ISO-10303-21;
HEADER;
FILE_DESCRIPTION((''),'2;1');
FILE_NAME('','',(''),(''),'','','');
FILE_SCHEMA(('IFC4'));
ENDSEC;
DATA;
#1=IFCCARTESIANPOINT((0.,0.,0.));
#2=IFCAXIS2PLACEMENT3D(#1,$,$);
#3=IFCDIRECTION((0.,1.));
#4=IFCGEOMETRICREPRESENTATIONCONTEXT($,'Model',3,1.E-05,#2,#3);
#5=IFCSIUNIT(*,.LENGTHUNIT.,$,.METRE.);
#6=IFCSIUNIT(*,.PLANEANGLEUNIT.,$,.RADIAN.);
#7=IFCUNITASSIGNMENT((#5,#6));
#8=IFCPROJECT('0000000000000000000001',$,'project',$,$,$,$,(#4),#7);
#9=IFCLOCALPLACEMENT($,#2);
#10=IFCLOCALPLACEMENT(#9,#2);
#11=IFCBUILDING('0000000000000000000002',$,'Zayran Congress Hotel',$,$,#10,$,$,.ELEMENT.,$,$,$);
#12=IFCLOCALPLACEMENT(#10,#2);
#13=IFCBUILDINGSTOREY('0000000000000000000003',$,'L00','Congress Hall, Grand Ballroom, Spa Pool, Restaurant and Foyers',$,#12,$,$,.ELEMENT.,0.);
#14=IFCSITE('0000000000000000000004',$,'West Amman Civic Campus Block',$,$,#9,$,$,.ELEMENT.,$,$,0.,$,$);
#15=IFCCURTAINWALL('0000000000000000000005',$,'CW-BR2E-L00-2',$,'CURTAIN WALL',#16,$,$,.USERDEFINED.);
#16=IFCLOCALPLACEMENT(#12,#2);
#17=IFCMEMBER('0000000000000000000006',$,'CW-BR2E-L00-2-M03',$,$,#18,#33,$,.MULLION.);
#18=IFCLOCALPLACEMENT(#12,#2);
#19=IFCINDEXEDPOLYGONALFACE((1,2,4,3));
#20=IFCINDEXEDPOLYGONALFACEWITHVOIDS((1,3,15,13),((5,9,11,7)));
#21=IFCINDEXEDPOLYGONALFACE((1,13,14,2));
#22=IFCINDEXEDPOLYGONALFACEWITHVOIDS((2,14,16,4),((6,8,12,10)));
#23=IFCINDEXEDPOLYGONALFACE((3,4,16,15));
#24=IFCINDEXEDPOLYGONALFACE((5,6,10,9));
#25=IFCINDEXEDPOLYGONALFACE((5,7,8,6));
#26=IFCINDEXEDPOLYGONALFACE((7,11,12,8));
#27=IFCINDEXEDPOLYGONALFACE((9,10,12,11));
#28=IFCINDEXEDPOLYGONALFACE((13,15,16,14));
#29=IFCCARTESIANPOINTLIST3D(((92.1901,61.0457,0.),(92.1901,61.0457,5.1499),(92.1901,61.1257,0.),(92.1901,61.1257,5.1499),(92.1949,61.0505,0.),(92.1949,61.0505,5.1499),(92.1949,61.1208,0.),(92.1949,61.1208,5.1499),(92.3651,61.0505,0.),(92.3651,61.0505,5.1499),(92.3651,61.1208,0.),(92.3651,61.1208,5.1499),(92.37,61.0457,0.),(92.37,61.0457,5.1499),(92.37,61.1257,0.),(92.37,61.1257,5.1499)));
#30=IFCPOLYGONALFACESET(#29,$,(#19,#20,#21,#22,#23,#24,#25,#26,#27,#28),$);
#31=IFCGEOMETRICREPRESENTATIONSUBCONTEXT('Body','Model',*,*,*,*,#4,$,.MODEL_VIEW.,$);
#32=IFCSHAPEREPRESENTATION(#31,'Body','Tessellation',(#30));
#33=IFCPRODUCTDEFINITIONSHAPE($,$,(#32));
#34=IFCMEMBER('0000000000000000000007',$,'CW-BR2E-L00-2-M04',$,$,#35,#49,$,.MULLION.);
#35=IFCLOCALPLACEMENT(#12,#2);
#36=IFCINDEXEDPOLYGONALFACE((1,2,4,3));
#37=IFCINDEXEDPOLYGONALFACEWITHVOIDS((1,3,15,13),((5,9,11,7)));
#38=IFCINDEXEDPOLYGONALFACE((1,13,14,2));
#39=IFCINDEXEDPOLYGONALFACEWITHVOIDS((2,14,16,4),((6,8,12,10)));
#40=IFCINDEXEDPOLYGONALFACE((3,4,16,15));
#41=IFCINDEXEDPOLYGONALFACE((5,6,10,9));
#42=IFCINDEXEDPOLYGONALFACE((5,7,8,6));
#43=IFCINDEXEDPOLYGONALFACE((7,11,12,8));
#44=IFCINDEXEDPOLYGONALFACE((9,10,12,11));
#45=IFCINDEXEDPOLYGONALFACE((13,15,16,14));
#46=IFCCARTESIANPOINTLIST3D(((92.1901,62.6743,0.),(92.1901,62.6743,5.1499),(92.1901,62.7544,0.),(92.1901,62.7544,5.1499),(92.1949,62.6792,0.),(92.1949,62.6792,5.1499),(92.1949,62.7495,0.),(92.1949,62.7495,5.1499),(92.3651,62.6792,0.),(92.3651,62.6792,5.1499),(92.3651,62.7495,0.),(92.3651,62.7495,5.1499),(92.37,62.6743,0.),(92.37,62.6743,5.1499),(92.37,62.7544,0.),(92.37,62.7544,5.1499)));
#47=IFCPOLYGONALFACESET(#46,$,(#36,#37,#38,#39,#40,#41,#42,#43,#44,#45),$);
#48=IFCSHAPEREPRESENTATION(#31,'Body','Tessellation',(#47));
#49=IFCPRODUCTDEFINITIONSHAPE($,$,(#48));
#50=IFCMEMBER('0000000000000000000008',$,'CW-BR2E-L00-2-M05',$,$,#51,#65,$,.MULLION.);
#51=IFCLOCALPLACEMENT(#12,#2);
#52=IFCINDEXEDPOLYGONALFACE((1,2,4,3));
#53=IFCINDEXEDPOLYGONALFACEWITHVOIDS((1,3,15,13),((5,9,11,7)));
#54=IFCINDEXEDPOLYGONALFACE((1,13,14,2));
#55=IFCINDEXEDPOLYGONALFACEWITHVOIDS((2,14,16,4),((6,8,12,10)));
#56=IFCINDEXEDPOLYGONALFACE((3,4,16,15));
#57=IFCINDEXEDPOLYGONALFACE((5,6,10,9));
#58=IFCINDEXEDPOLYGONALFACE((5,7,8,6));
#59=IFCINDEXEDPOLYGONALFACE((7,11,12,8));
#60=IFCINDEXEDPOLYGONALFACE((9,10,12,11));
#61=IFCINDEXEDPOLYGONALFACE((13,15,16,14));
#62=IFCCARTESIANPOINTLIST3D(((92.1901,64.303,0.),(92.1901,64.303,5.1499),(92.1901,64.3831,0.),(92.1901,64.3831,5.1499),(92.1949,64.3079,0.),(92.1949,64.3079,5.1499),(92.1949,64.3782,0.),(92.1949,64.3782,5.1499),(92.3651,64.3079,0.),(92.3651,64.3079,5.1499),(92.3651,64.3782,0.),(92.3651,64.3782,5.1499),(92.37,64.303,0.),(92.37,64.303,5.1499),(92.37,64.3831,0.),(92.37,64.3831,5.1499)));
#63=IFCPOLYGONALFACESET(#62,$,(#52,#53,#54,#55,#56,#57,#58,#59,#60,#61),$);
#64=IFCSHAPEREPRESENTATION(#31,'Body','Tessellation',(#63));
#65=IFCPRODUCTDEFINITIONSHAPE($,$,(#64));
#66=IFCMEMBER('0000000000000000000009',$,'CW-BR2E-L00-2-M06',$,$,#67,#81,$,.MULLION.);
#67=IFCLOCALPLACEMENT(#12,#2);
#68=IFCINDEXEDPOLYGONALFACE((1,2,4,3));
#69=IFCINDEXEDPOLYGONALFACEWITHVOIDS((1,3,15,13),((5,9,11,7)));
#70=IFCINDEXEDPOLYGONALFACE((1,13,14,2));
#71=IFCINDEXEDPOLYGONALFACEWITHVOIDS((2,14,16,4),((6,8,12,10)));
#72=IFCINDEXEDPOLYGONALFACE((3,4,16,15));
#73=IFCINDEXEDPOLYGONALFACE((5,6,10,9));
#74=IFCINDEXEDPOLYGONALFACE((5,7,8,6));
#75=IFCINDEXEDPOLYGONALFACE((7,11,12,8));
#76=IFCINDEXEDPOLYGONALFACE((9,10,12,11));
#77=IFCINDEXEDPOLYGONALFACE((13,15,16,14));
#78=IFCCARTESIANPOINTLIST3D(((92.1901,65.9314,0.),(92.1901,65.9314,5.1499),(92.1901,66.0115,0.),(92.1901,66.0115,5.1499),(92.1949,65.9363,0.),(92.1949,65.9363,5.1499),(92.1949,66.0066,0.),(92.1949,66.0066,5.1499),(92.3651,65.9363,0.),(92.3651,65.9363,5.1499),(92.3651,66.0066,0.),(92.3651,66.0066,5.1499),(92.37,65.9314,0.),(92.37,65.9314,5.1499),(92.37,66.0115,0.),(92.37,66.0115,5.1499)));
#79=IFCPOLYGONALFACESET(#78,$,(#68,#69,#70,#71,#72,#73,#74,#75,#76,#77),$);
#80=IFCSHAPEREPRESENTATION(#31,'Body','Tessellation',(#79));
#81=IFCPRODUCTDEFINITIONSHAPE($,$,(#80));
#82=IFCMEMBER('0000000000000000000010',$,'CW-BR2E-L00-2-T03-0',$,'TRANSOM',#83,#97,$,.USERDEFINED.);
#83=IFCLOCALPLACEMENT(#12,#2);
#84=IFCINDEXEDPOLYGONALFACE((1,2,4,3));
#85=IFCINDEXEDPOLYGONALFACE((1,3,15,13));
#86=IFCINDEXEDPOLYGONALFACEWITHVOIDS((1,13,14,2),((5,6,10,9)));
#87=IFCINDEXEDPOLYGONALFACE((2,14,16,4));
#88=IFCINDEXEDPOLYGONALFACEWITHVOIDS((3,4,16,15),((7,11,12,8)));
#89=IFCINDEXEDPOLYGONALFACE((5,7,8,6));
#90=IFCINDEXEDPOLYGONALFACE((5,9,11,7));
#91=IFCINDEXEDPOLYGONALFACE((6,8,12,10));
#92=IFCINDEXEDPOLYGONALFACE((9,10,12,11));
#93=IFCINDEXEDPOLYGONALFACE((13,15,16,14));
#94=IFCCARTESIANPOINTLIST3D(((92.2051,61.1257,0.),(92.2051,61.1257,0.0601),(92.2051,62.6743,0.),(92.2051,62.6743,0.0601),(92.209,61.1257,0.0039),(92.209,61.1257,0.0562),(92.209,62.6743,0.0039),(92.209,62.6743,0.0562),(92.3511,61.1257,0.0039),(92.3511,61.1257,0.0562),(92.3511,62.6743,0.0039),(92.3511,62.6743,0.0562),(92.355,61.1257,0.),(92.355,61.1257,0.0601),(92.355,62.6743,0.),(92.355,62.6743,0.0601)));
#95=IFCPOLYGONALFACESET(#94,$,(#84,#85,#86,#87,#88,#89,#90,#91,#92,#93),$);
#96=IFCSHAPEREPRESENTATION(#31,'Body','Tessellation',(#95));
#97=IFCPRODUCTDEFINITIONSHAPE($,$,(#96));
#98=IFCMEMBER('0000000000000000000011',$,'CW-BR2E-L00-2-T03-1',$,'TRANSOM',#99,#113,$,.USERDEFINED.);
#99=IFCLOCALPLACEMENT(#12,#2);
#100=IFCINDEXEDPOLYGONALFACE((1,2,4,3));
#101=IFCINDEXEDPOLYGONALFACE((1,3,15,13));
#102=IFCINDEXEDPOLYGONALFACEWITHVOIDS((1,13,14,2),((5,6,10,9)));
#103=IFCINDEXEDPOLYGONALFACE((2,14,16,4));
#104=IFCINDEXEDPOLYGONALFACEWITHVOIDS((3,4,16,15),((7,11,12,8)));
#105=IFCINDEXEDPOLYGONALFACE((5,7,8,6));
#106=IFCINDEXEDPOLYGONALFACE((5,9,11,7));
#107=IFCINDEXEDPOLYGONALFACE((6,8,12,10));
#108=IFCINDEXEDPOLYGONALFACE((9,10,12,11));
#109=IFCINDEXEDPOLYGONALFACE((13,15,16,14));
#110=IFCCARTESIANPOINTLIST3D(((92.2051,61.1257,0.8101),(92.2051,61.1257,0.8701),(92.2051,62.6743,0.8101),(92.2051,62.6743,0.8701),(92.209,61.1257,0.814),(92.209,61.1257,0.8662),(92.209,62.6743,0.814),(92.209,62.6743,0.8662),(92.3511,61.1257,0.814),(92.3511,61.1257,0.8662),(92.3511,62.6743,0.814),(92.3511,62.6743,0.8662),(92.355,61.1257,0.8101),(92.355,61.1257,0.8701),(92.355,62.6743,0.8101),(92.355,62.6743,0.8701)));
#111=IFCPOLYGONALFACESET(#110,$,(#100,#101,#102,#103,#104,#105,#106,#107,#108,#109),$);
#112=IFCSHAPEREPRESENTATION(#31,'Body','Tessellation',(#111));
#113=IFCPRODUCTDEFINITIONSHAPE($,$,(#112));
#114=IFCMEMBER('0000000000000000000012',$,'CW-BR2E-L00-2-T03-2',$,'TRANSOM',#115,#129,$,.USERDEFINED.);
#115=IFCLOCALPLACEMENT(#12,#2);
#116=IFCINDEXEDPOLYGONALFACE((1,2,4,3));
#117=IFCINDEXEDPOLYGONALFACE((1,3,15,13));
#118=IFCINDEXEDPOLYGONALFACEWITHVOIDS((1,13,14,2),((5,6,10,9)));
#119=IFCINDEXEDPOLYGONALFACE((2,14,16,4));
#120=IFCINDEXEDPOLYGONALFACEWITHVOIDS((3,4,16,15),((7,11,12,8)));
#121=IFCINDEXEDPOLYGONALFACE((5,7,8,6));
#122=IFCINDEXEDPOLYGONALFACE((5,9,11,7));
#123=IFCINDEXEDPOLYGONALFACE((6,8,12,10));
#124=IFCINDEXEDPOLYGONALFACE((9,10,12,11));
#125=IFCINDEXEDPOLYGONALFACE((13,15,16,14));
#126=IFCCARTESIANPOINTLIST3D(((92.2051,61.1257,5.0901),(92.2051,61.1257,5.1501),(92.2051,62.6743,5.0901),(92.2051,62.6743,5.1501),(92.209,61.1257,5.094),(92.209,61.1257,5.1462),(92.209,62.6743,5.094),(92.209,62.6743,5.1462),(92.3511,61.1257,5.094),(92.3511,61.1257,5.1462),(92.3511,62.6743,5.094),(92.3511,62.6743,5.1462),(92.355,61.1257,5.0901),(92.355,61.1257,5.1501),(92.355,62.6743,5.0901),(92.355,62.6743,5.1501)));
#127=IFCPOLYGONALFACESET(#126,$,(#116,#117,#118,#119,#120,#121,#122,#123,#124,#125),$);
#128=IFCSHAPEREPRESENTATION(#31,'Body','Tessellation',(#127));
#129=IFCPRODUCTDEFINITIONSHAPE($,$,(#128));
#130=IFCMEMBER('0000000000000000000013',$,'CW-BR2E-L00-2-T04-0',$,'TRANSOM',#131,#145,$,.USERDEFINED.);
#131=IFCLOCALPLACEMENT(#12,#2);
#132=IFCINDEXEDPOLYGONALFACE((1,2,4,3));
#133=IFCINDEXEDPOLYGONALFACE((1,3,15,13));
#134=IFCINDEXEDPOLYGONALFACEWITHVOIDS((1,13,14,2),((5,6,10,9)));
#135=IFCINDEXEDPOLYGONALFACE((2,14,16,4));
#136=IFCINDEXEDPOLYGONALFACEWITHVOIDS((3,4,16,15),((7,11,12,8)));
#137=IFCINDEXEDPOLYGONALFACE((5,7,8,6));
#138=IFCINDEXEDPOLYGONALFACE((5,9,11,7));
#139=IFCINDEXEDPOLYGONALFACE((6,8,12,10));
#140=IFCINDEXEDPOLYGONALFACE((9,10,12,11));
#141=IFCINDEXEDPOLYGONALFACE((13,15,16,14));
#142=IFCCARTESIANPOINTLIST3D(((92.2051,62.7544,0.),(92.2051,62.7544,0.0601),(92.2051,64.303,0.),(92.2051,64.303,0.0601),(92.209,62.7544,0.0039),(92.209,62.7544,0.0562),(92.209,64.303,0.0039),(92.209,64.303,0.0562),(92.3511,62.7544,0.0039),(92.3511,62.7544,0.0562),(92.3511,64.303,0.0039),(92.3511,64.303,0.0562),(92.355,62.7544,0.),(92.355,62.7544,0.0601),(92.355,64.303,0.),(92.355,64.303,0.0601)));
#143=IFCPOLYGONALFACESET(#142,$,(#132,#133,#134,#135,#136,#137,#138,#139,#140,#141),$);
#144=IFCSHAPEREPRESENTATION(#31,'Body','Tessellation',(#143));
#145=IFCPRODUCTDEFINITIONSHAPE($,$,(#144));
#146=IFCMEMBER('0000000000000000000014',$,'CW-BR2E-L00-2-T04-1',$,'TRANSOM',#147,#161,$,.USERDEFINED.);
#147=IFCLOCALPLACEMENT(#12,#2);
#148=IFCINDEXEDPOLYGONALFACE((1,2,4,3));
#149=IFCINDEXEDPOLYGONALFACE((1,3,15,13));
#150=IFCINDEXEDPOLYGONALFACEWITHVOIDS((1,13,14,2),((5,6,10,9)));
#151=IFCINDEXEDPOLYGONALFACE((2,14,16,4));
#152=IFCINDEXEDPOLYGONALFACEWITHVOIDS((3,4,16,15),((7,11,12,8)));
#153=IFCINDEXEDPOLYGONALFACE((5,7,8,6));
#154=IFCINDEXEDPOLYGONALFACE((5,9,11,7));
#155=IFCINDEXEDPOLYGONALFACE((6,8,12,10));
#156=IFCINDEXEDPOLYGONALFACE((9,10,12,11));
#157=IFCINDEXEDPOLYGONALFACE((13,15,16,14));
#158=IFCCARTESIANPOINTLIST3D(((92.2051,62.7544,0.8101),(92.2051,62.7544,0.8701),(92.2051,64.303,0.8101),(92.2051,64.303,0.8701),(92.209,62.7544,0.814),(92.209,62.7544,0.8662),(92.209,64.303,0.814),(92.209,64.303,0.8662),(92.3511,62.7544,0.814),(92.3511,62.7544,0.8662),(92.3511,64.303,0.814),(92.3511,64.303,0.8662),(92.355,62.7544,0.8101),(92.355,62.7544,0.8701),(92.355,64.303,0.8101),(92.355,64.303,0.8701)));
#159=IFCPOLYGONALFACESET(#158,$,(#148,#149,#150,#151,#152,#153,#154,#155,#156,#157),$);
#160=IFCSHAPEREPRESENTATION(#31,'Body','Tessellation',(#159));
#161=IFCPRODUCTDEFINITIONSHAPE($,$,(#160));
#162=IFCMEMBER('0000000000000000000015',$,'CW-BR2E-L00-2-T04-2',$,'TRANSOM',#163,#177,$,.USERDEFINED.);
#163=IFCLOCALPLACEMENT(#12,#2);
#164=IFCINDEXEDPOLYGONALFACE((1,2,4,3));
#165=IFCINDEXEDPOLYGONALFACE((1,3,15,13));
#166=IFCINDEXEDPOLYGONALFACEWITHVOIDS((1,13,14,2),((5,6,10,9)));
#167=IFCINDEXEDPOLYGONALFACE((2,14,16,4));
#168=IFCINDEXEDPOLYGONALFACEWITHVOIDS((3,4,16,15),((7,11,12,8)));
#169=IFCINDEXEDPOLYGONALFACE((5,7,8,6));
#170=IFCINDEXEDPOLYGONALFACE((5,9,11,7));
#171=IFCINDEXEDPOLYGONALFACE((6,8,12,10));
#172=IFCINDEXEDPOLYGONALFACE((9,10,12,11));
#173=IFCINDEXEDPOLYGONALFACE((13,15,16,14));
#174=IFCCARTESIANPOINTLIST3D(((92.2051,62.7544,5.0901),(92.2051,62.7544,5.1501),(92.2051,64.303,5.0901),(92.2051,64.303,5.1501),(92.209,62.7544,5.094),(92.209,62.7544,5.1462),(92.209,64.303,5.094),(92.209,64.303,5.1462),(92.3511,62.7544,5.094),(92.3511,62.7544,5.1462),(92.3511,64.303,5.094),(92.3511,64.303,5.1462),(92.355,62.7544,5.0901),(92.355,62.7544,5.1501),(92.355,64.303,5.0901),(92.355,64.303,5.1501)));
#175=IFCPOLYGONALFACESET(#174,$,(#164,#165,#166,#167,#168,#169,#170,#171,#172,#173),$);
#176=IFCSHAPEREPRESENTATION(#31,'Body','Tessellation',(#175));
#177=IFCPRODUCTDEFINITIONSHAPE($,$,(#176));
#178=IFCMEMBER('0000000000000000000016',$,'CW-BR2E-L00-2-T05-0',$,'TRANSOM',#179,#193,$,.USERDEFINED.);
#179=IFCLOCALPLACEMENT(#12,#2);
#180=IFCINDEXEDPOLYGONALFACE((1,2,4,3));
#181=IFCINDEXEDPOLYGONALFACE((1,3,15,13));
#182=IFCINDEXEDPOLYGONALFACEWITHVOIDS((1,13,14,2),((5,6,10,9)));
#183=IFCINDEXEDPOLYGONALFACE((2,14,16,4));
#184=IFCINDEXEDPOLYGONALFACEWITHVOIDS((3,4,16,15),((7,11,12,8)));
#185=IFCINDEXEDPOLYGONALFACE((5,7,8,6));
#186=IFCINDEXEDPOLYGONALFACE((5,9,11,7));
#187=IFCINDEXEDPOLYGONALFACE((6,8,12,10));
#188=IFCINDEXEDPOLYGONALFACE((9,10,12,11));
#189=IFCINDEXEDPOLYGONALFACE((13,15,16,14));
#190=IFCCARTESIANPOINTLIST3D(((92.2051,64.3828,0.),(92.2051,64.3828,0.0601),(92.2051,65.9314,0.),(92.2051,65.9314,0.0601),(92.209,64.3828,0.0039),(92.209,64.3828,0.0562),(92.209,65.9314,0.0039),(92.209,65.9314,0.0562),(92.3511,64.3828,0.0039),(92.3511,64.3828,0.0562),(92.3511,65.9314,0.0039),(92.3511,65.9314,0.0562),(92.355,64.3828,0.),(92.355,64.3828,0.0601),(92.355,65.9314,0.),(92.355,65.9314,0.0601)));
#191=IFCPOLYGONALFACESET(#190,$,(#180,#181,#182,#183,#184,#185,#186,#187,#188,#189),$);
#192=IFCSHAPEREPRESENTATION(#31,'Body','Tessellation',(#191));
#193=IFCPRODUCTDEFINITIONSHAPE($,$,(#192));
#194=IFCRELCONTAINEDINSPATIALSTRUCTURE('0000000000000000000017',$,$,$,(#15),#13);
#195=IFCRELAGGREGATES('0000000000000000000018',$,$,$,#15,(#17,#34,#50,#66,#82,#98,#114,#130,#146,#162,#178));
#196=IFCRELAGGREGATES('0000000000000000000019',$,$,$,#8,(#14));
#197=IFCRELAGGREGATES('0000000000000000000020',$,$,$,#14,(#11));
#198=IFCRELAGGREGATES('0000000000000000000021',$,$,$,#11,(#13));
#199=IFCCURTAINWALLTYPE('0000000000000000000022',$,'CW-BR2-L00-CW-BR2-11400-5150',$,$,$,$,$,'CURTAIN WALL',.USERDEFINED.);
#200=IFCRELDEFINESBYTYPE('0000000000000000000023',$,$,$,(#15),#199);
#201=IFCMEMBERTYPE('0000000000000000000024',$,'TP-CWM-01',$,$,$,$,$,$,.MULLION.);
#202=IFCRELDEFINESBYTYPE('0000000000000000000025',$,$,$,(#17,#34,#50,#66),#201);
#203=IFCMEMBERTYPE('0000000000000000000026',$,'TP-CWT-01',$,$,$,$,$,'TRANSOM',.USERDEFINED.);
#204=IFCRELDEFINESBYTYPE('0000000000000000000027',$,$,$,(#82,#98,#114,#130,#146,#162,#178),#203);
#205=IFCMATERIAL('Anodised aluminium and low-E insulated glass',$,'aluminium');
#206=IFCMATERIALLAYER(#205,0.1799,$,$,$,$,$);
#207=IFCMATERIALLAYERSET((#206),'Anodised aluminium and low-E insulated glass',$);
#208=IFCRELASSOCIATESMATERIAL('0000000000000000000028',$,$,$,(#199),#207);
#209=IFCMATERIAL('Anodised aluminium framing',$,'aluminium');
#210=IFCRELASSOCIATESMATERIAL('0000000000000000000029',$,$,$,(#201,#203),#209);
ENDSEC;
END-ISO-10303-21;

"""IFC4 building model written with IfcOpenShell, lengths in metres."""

from ifc_helpers import new_model, si_unit, direction, frame, origin, origin_2d, place, context, subcontext, project, spatial, hollow_rectangle, extrude, material, layer, layer_set, material_profile, profile_set, type_object, element, aggregate, save


model = new_model("IFC4")

# Units and contexts
model_context = context("Model", 3, precision=1e-05, world=origin(), true_north=direction((0.0, 1.0)))
body_context = subcontext(model_context, "Body", "Model", "MODEL_VIEW")
ifc_project = project(units=[si_unit("LENGTHUNIT", "METRE"), si_unit("PLANEANGLEUNIT", "RADIAN")], contexts=[model_context])

# Site, building, storey
site_placement = place(None, origin())
site = spatial("IfcSite", under=ifc_project, at=site_placement, Name="West Amman Civic Campus Block", CompositionType="ELEMENT", RefElevation=0.0)
building_placement = place(site_placement, origin())
building = spatial("IfcBuilding", under=site, at=building_placement, Name="Zayran Congress Hotel", CompositionType="ELEMENT")
storey_placement = place(building_placement, origin())
storey = spatial("IfcBuildingStorey", under=building, at=storey_placement, Name="L00", Description="Congress Hall, Grand Ballroom, Spa Pool, Restaurant and Foyers", CompositionType="ELEMENT", Elevation=0.0)

# Curtain wall, members
ifc_material_1 = material(Name="Anodised aluminium and low-E insulated glass", Category="aluminium")
ifc_layer_1 = layer(ifc_material_1, 0.1799)
ifc_layer_set_1 = layer_set([ifc_layer_1], Name="Anodised aluminium and low-E insulated glass")
curtain_wall_type = type_object("IfcCurtainWallType", Name="CW-BR2-L00-CW-BR2-11400-5150", ElementType="CURTAIN WALL", PredefinedType="USERDEFINED", material=ifc_layer_set_1)
curtain_wall_placement = place(storey_placement, origin())
curtain_wall = element("IfcCurtainWall", 1, at=curtain_wall_placement, inside=storey, type_object=curtain_wall_type, Name="CW-BR2E-L00-2", ObjectType="CURTAIN WALL", PredefinedType="USERDEFINED")
ifc_material_2 = material(Name="Anodised aluminium framing", Category="aluminium")
ifc_material_profile_1 = material_profile(ifc_material_2, hollow_rectangle(XDim=0.0801, YDim=0.1799, WallThickness=0.0049, at=origin_2d()), Name="RHS 180x80x5")
ifc_profile_set_1 = profile_set([ifc_material_profile_1], Name="Anodised aluminium framing")
member_type_1 = type_object("IfcMemberType", Name="TP-CWM-01", PredefinedType="MULLION", material=ifc_profile_set_1)
member_1_placement = place(storey_placement, frame((92.28, 61.0857, 0.0), z_axis=(0.0, 0.0, 1.0), x_axis=(0.0, 1.0, 0.0)))
member_1 = element("IfcMember", 2, at=member_1_placement, type_object=member_type_1, Name="CW-BR2E-L00-2-M03", PredefinedType="MULLION", context=body_context, shape_type="SweptSolid", body=[
    extrude(hollow_rectangle(XDim=0.0801, YDim=0.1799, WallThickness=0.0049, at=origin_2d()), origin(), (0.0, 0.0, 1.0), 5.1499),
])
member_2_placement = place(storey_placement, frame((92.28, 62.7144, 0.0), z_axis=(0.0, 0.0, 1.0), x_axis=(0.0, 1.0, 0.0)))
member_2 = element("IfcMember", 3, at=member_2_placement, type_object=member_type_1, Name="CW-BR2E-L00-2-M04", PredefinedType="MULLION", context=body_context, shape_type="SweptSolid", body=[
    extrude(hollow_rectangle(XDim=0.0801, YDim=0.1799, WallThickness=0.0049, at=origin_2d()), origin(), (0.0, 0.0, 1.0), 5.1499),
])
member_3_placement = place(storey_placement, frame((92.28, 64.343, 0.0), z_axis=(0.0, 0.0, 1.0), x_axis=(0.0, 1.0, 0.0)))
member_3 = element("IfcMember", 4, at=member_3_placement, type_object=member_type_1, Name="CW-BR2E-L00-2-M05", PredefinedType="MULLION", context=body_context, shape_type="SweptSolid", body=[
    extrude(hollow_rectangle(XDim=0.0801, YDim=0.1799, WallThickness=0.0049, at=origin_2d()), origin(), (0.0, 0.0, 1.0), 5.1499),
])
member_4_placement = place(storey_placement, frame((92.28, 65.9714, 0.0), z_axis=(0.0, 0.0, 1.0), x_axis=(0.0, 1.0, 0.0)))
member_4 = element("IfcMember", 5, at=member_4_placement, type_object=member_type_1, Name="CW-BR2E-L00-2-M06", PredefinedType="MULLION", context=body_context, shape_type="SweptSolid", body=[
    extrude(hollow_rectangle(XDim=0.0801, YDim=0.1799, WallThickness=0.0049, at=origin_2d()), origin(), (0.0, 0.0, 1.0), 5.1499),
])
ifc_material_profile_2 = material_profile(ifc_material_2, hollow_rectangle(XDim=0.0601, YDim=0.1499, WallThickness=0.0039, at=origin_2d()), Name="RHS 150x60x4")
ifc_profile_set_2 = profile_set([ifc_material_profile_2], Name="Anodised aluminium framing")
member_type_2 = type_object("IfcMemberType", Name="TP-CWT-01", ElementType="TRANSOM", PredefinedType="USERDEFINED", material=ifc_profile_set_2)
member_5_placement = place(storey_placement, frame((92.28, 61.1257, 0.03), z_axis=(0.0, 1.0, 0.0), x_axis=(0.0, 0.0, 1.0)))
member_5 = element("IfcMember", 6, at=member_5_placement, type_object=member_type_2, Name="CW-BR2E-L00-2-T03-0", ObjectType="TRANSOM", PredefinedType="USERDEFINED", context=body_context, shape_type="SweptSolid", body=[
    extrude(hollow_rectangle(XDim=0.0601, YDim=0.1499, WallThickness=0.0039, at=origin_2d()), origin(), (0.0, 0.0, 1.0), 1.5486),
])
member_6_placement = place(storey_placement, frame((92.28, 61.1257, 0.8401), z_axis=(0.0, 1.0, 0.0), x_axis=(0.0, 0.0, 1.0)))
member_6 = element("IfcMember", 7, at=member_6_placement, type_object=member_type_2, Name="CW-BR2E-L00-2-T03-1", ObjectType="TRANSOM", PredefinedType="USERDEFINED", context=body_context, shape_type="SweptSolid", body=[
    extrude(hollow_rectangle(XDim=0.0601, YDim=0.1499, WallThickness=0.0039, at=origin_2d()), origin(), (0.0, 0.0, 1.0), 1.5486),
])
member_7_placement = place(storey_placement, frame((92.28, 61.1257, 5.1201), z_axis=(0.0, 1.0, 0.0), x_axis=(0.0, 0.0, 1.0)))
member_7 = element("IfcMember", 8, at=member_7_placement, type_object=member_type_2, Name="CW-BR2E-L00-2-T03-2", ObjectType="TRANSOM", PredefinedType="USERDEFINED", context=body_context, shape_type="SweptSolid", body=[
    extrude(hollow_rectangle(XDim=0.0601, YDim=0.1499, WallThickness=0.0039, at=origin_2d()), origin(), (0.0, 0.0, 1.0), 1.5486),
])
member_8_placement = place(storey_placement, frame((92.28, 62.7544, 0.03), z_axis=(0.0, 1.0, 0.0), x_axis=(0.0, 0.0, 1.0)))
member_8 = element("IfcMember", 9, at=member_8_placement, type_object=member_type_2, Name="CW-BR2E-L00-2-T04-0", ObjectType="TRANSOM", PredefinedType="USERDEFINED", context=body_context, shape_type="SweptSolid", body=[
    extrude(hollow_rectangle(XDim=0.0601, YDim=0.1499, WallThickness=0.0039, at=origin_2d()), origin(), (0.0, 0.0, 1.0), 1.5486),
])
member_9_placement = place(storey_placement, frame((92.28, 62.7544, 0.8401), z_axis=(0.0, 1.0, 0.0), x_axis=(0.0, 0.0, 1.0)))
member_9 = element("IfcMember", 10, at=member_9_placement, type_object=member_type_2, Name="CW-BR2E-L00-2-T04-1", ObjectType="TRANSOM", PredefinedType="USERDEFINED", context=body_context, shape_type="SweptSolid", body=[
    extrude(hollow_rectangle(XDim=0.0601, YDim=0.1499, WallThickness=0.0039, at=origin_2d()), origin(), (0.0, 0.0, 1.0), 1.5486),
])
member_10_placement = place(storey_placement, frame((92.28, 62.7544, 5.1201), z_axis=(0.0, 1.0, 0.0), x_axis=(0.0, 0.0, 1.0)))
member_10 = element("IfcMember", 11, at=member_10_placement, type_object=member_type_2, Name="CW-BR2E-L00-2-T04-2", ObjectType="TRANSOM", PredefinedType="USERDEFINED", context=body_context, shape_type="SweptSolid", body=[
    extrude(hollow_rectangle(XDim=0.0601, YDim=0.1499, WallThickness=0.0039, at=origin_2d()), origin(), (0.0, 0.0, 1.0), 1.5486),
])
member_11_placement = place(storey_placement, frame((92.28, 64.3828, 0.03), z_axis=(0.0, 1.0, 0.0), x_axis=(0.0, 0.0, 1.0)))
member_11 = element("IfcMember", 12, at=member_11_placement, type_object=member_type_2, Name="CW-BR2E-L00-2-T05-0", ObjectType="TRANSOM", PredefinedType="USERDEFINED", context=body_context, shape_type="SweptSolid", body=[
    extrude(hollow_rectangle(XDim=0.0601, YDim=0.1499, WallThickness=0.0039, at=origin_2d()), origin(), (0.0, 0.0, 1.0), 1.5486),
])
aggregate(curtain_wall, [member_1, member_2, member_3, member_4, member_5, member_6, member_7, member_8, member_9, member_10, member_11])

save(model, "model.ifc")
